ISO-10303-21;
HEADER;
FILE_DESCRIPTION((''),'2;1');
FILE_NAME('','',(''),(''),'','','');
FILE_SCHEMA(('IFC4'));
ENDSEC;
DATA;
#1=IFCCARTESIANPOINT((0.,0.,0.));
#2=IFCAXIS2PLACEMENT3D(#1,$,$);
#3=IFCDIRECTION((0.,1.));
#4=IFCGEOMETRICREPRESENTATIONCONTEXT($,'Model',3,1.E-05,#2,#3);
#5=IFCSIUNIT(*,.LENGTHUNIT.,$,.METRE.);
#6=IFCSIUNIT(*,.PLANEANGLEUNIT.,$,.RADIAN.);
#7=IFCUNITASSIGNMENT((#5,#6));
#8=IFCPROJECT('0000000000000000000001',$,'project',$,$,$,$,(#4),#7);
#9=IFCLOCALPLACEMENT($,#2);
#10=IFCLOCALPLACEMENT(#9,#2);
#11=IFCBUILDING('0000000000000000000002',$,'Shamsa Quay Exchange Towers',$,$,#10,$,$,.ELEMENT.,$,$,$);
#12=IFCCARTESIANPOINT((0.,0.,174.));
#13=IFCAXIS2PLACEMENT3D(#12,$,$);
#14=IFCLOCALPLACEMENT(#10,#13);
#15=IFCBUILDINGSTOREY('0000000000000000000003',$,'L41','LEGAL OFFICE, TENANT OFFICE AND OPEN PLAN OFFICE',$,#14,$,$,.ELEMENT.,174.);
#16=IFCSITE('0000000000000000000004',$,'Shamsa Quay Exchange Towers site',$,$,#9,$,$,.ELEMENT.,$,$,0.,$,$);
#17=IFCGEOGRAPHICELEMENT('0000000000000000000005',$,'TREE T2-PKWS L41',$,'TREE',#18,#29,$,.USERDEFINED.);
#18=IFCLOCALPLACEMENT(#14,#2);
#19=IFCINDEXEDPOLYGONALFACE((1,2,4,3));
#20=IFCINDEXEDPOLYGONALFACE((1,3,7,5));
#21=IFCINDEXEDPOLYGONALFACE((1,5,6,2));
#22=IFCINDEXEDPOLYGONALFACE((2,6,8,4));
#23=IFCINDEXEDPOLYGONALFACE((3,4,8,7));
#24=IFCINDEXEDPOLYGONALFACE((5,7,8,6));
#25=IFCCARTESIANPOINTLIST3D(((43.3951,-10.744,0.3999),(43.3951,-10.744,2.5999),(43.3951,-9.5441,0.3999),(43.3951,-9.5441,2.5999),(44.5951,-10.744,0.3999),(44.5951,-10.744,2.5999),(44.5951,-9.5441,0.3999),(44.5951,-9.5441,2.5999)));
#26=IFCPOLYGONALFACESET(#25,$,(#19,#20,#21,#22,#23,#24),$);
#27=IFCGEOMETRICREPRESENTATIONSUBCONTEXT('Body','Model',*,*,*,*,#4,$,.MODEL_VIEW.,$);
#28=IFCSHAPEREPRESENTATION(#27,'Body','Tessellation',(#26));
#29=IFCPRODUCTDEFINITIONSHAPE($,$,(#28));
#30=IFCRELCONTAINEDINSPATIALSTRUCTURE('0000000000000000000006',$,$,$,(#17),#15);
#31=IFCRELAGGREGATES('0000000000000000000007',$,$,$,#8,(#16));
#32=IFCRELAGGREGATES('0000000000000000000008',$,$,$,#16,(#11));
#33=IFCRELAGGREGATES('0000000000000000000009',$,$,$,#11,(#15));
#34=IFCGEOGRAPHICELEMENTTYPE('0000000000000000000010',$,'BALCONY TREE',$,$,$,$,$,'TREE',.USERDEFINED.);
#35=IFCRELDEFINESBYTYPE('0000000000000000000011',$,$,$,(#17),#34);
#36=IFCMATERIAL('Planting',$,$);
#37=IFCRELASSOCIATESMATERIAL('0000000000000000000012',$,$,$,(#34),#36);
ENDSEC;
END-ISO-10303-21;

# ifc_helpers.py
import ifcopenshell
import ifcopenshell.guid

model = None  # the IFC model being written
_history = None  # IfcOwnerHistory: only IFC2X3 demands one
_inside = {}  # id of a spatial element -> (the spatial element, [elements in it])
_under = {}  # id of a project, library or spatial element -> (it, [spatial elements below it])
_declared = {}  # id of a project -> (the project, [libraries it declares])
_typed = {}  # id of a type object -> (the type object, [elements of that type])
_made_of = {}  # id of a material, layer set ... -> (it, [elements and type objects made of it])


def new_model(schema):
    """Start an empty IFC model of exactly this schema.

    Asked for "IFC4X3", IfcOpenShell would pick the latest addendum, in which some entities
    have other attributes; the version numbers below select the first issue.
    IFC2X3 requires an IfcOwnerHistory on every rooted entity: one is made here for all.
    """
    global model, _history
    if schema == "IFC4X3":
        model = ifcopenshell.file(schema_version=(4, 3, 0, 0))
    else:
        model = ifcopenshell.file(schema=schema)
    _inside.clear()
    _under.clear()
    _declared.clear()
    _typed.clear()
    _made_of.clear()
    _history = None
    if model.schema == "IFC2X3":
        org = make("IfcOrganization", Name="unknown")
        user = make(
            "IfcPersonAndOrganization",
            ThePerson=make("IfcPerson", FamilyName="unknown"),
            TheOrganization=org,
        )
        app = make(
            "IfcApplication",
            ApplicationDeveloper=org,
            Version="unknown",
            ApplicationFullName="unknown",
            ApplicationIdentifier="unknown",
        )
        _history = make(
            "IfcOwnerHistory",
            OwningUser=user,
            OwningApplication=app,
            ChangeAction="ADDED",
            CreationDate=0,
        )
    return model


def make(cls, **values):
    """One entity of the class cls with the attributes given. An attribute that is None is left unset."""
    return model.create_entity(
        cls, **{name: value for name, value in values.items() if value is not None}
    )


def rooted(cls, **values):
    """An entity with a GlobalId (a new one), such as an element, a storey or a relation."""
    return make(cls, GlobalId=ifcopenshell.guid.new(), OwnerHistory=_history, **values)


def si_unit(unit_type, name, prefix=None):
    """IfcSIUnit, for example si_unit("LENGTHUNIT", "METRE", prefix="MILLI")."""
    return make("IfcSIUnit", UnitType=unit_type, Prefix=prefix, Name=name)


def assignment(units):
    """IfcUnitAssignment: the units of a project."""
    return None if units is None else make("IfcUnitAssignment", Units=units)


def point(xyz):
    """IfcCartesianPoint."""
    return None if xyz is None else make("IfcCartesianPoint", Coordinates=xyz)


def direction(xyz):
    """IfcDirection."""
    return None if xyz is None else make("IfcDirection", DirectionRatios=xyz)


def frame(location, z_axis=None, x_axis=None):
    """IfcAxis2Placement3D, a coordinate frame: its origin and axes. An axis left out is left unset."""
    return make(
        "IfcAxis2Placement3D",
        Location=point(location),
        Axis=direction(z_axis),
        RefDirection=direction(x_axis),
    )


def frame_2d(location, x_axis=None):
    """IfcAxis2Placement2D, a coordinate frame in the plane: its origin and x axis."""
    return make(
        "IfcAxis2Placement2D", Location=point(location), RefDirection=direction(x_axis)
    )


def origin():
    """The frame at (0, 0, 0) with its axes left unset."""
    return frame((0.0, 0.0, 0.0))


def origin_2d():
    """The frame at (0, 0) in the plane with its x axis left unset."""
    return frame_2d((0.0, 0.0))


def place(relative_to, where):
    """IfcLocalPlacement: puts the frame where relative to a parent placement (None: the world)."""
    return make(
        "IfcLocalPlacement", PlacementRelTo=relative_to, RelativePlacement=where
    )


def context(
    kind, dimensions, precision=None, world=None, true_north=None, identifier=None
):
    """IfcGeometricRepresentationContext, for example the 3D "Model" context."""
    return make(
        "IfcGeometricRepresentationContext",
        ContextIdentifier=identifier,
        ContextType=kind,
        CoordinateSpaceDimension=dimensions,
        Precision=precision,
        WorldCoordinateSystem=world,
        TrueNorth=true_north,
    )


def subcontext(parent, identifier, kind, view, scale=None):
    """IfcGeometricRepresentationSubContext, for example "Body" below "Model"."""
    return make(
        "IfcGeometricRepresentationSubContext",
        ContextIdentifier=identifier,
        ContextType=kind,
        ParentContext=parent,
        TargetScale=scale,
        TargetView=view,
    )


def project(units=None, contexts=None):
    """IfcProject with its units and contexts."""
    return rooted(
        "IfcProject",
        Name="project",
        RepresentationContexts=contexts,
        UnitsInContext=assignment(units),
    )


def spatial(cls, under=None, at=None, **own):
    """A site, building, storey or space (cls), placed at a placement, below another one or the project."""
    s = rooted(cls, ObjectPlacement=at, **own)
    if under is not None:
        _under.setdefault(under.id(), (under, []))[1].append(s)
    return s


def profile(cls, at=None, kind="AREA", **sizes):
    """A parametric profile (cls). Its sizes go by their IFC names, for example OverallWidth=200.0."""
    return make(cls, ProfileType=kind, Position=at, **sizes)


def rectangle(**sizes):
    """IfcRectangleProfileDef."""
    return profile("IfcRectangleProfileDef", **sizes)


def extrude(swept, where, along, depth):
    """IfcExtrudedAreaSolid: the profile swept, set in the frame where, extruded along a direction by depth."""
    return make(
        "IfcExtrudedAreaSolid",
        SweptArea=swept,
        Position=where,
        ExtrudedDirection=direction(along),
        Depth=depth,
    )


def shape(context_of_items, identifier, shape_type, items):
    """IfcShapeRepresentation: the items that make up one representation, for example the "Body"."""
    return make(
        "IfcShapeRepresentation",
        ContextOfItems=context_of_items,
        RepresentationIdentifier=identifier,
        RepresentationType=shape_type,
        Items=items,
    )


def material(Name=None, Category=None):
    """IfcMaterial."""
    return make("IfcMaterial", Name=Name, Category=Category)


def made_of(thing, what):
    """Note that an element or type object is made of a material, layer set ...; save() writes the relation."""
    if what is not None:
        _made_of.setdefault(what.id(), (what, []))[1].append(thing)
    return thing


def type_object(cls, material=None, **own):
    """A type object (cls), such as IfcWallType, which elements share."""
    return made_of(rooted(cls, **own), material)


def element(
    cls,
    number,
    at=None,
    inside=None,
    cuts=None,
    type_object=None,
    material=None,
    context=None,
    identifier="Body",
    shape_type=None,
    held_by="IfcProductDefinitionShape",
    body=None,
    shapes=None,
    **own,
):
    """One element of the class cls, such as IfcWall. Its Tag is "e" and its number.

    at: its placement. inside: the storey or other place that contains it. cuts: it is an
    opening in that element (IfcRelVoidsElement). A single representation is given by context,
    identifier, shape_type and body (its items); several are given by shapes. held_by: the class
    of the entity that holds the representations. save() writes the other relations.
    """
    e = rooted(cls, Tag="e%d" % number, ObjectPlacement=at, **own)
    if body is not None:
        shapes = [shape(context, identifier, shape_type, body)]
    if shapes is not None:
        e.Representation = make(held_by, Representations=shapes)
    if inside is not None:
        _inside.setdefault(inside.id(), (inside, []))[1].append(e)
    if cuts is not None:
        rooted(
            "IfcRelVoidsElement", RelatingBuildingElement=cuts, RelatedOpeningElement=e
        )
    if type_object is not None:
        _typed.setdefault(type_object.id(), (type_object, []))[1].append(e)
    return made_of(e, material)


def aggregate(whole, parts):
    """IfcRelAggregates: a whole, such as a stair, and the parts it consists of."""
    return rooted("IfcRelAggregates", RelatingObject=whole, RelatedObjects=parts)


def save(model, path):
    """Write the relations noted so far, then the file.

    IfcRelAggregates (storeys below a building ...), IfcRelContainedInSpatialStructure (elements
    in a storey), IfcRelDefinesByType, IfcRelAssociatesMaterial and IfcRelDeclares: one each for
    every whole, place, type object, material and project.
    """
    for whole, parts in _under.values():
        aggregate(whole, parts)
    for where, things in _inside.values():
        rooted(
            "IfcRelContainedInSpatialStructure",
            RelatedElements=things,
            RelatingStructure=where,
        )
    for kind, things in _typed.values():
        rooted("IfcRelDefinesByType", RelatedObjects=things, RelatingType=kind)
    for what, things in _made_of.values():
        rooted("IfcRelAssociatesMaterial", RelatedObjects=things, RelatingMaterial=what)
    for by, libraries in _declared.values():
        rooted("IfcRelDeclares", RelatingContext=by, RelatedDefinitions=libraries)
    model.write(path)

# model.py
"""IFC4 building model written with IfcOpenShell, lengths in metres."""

from ifc_helpers import new_model, si_unit, direction, frame, origin, origin_2d, place, context, subcontext, project, spatial, rectangle, extrude, material, type_object, element, save


model = new_model("IFC4")

# Units and contexts
model_context = context("Model", 3, precision=1e-05, world=origin(), true_north=direction((0.0, 1.0)))
body_context = subcontext(model_context, "Body", "Model", "MODEL_VIEW")
ifc_project = project(units=[si_unit("LENGTHUNIT", "METRE"), si_unit("PLANEANGLEUNIT", "RADIAN")], contexts=[model_context])

# Site, building, storey
site_placement = place(None, origin())
site = spatial("IfcSite", under=ifc_project, at=site_placement, Name="Shamsa Quay Exchange Towers site", CompositionType="ELEMENT", RefElevation=0.0)
building_placement = place(site_placement, origin())
building = spatial("IfcBuilding", under=site, at=building_placement, Name="Shamsa Quay Exchange Towers", CompositionType="ELEMENT")
storey_placement = place(building_placement, frame((0.0, 0.0, 174.0)))
storey = spatial("IfcBuildingStorey", under=building, at=storey_placement, Name="L41", Description="LEGAL OFFICE, TENANT OFFICE AND OPEN PLAN OFFICE", CompositionType="ELEMENT", Elevation=174.0)

# Geographic element
ifc_material_1 = material(Name="Planting")
geographic_element_type = type_object("IfcGeographicElementType", Name="BALCONY TREE", ElementType="TREE", PredefinedType="USERDEFINED", material=ifc_material_1)
geographic_element_placement = place(storey_placement, frame((43.9951, -10.144, 0.3999), z_axis=(0.0, 0.0, 1.0), x_axis=(0.0, 1.0, 0.0)))
element("IfcGeographicElement", 1, at=geographic_element_placement, inside=storey, type_object=geographic_element_type, Name="TREE T2-PKWS L41", ObjectType="TREE", PredefinedType="USERDEFINED", context=body_context, shape_type="SweptSolid", body=[
    extrude(rectangle(XDim=1.2, YDim=1.2, at=origin_2d()), origin(), (0.0, 0.0, 1.0), 2.2),
])

save(model, "model.ifc")
